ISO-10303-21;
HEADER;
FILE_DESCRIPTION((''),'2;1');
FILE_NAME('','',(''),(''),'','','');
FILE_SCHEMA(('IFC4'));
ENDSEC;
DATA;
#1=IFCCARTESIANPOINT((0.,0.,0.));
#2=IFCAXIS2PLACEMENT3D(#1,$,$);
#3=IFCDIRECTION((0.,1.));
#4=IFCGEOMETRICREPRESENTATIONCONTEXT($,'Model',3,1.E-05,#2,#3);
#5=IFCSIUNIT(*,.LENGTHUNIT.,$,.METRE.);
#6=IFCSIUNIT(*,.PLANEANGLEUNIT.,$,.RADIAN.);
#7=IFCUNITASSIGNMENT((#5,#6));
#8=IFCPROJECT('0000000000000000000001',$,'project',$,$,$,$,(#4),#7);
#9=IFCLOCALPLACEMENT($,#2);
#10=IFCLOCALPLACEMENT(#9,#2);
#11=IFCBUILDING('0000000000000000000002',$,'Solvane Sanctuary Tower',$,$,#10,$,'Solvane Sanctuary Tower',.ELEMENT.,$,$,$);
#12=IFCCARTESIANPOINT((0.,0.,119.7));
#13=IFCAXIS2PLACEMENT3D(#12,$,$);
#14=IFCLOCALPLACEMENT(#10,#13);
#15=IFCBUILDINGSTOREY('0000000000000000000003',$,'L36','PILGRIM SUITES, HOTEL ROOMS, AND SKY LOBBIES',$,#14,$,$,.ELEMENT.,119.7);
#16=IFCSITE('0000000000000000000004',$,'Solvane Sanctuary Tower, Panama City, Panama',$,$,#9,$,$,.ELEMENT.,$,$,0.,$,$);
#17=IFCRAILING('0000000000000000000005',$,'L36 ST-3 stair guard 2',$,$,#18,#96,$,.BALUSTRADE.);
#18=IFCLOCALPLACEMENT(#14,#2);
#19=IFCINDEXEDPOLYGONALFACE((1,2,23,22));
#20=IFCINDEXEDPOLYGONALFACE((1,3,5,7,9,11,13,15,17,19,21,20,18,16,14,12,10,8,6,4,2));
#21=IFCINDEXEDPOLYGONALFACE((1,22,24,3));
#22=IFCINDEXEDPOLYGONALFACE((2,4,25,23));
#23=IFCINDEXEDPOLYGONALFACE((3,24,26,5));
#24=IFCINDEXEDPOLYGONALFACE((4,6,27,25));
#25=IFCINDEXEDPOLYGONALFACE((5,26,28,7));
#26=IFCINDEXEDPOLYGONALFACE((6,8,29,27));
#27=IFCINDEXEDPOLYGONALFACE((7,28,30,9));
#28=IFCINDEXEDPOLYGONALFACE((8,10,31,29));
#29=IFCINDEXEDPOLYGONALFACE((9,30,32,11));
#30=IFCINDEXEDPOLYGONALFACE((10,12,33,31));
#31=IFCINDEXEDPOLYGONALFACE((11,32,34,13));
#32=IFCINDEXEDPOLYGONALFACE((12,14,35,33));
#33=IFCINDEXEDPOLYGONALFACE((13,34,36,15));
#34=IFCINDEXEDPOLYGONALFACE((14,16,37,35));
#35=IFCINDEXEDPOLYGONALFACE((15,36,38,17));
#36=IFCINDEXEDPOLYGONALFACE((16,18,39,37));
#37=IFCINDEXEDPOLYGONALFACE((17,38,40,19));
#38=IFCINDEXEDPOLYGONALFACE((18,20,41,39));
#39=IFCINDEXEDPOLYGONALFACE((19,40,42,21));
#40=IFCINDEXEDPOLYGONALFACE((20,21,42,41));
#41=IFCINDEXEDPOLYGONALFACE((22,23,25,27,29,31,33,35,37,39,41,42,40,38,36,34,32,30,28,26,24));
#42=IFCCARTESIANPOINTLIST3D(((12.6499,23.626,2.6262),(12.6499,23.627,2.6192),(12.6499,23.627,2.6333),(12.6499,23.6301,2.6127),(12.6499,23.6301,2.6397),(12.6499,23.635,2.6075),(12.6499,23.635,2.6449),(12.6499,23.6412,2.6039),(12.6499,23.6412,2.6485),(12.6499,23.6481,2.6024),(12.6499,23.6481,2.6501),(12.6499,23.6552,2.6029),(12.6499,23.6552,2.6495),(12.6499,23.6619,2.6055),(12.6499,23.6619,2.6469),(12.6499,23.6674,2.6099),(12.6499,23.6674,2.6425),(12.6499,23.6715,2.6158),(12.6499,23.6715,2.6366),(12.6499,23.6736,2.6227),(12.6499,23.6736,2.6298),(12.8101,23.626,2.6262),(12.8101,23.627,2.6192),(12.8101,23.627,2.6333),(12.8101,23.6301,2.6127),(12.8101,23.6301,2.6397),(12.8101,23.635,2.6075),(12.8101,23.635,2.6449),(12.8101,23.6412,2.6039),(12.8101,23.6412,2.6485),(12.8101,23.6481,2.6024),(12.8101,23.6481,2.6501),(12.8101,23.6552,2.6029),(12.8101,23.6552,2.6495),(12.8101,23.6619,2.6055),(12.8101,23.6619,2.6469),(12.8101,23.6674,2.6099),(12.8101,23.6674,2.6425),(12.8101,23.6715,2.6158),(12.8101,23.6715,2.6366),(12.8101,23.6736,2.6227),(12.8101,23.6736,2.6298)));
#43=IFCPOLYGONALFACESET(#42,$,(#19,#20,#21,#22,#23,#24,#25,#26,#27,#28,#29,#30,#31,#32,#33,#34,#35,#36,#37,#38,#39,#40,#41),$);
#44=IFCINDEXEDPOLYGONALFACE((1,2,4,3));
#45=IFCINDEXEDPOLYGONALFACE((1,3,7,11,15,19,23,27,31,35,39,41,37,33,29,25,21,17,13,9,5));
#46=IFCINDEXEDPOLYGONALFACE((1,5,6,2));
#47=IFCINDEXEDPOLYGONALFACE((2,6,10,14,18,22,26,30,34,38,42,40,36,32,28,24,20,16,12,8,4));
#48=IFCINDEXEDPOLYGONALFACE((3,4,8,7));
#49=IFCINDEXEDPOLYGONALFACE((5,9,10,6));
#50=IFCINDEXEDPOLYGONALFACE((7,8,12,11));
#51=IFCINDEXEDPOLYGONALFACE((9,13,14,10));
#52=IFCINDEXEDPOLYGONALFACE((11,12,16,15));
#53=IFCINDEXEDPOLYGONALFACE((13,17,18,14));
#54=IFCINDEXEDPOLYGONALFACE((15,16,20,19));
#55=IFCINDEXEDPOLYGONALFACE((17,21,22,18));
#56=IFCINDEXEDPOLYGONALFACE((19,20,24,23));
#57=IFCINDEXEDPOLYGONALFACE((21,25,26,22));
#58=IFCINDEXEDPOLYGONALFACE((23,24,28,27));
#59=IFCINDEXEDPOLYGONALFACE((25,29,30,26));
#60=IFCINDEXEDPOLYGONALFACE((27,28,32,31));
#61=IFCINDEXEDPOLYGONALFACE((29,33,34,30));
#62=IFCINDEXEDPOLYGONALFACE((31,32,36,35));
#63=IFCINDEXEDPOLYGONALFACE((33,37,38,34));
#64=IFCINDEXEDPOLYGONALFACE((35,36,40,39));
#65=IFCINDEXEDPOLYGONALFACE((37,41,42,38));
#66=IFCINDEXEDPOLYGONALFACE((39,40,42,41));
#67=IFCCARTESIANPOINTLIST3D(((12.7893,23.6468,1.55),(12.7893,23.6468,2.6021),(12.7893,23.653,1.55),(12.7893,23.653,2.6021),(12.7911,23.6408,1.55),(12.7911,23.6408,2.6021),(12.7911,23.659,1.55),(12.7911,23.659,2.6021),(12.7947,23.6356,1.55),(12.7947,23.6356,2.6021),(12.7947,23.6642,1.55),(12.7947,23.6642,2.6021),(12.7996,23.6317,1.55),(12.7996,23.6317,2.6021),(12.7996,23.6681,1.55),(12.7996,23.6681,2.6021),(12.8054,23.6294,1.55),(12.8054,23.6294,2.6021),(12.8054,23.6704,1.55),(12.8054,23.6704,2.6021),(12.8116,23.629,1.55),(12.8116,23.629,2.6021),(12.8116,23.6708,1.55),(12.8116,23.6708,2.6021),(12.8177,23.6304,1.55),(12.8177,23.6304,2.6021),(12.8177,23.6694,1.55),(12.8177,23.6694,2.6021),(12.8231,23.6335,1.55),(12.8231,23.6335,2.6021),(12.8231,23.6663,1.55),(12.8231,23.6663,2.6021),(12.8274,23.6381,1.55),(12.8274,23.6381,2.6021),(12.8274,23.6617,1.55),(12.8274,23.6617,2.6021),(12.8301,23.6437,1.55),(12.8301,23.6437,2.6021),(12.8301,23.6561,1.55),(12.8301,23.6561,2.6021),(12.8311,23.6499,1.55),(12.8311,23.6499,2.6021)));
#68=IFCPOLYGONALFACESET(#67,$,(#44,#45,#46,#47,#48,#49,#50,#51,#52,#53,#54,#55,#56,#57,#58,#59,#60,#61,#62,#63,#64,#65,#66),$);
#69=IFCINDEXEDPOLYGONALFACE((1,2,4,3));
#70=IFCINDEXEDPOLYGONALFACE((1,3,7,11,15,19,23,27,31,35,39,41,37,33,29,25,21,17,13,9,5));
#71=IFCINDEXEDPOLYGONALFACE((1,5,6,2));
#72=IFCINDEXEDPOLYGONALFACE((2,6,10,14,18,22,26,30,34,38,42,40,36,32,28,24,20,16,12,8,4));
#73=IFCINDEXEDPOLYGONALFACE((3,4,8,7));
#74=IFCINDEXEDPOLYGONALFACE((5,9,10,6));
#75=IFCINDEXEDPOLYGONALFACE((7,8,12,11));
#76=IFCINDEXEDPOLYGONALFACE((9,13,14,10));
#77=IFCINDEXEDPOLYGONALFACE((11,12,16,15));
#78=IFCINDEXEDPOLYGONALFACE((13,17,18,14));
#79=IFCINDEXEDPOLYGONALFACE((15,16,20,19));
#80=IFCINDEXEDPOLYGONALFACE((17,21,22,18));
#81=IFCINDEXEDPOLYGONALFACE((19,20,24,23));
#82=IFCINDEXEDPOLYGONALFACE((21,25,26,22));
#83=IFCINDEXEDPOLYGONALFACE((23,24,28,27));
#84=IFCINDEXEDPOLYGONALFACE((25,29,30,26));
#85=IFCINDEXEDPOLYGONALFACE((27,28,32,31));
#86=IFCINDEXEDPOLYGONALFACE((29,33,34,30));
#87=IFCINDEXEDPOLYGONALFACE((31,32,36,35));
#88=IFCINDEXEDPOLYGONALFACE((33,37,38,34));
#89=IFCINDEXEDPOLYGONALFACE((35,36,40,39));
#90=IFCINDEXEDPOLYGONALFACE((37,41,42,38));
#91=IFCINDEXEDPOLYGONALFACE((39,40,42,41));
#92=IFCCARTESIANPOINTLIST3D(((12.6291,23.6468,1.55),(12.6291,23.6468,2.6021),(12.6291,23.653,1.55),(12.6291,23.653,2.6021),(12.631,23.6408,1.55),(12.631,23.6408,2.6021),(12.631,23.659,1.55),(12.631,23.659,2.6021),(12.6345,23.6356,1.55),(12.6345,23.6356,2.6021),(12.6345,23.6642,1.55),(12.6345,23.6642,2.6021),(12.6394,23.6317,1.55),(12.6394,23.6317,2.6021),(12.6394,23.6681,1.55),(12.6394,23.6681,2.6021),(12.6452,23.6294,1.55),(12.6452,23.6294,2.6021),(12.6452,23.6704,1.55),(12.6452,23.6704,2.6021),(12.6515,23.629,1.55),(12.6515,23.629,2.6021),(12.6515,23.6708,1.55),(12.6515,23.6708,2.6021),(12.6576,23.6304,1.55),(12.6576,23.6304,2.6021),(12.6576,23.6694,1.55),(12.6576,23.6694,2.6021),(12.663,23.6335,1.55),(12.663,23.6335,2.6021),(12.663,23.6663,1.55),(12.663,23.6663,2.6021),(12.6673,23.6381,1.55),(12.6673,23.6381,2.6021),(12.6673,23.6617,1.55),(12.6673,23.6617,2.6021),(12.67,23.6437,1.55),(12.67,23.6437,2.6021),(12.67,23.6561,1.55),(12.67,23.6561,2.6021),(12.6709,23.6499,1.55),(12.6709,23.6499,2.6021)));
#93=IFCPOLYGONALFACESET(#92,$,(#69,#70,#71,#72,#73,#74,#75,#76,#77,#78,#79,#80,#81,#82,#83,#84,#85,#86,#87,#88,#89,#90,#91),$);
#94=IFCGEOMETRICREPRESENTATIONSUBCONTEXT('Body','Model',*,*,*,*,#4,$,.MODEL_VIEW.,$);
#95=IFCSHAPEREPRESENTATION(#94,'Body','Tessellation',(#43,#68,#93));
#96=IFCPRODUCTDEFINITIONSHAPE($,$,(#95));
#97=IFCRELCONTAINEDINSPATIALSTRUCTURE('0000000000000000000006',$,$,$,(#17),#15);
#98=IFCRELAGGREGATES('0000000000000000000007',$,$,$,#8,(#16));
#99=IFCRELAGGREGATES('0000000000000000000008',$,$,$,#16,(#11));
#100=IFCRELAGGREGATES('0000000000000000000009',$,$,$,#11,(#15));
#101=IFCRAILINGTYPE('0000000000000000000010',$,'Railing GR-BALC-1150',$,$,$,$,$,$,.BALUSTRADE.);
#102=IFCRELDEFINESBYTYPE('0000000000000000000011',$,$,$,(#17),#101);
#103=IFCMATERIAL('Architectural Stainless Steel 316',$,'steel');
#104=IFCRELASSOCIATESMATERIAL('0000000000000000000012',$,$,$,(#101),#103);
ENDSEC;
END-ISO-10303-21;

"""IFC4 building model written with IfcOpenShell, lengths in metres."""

from ifc_helpers import new_model, si_unit, direction, frame, origin, origin_2d, place, context, subcontext, project, spatial, circle, extrude, material, type_object, element, save


model = new_model("IFC4")

# Units and contexts
model_context = context("Model", 3, precision=1e-05, world=origin(), true_north=direction((0.0, 1.0)))
body_context = subcontext(model_context, "Body", "Model", "MODEL_VIEW")
ifc_project = project(units=[si_unit("LENGTHUNIT", "METRE"), si_unit("PLANEANGLEUNIT", "RADIAN")], contexts=[model_context])

# Site, building, storey
site_placement = place(None, origin())
site = spatial("IfcSite", under=ifc_project, at=site_placement, Name="Solvane Sanctuary Tower, Panama City, Panama", CompositionType="ELEMENT", RefElevation=0.0)
building_placement = place(site_placement, origin())
building = spatial("IfcBuilding", under=site, at=building_placement, Name="Solvane Sanctuary Tower", LongName="Solvane Sanctuary Tower", CompositionType="ELEMENT")
storey_placement = place(building_placement, frame((0.0, 0.0, 119.7)))
storey = spatial("IfcBuildingStorey", under=building, at=storey_placement, Name="L36", Description="PILGRIM SUITES, HOTEL ROOMS, AND SKY LOBBIES", CompositionType="ELEMENT", Elevation=119.7)

# Shared definitions
ifc_material_1 = material(Name="Architectural Stainless Steel 316", Category="steel")

# Railing
railing_type_1 = type_object("IfcRailingType", Name="Railing GR-BALC-1150", PredefinedType="BALUSTRADE", material=ifc_material_1)
railing_1_placement = place(storey_placement, frame((12.8101, 23.6499, 1.55)))
element("IfcRailing", 1, at=railing_1_placement, inside=storey, type_object=railing_type_1, Name="L36 ST-3 stair guard 2", PredefinedType="BALUSTRADE", context=body_context, shape_type="SweptSolid", body=[
    extrude(circle(Radius=0.0239, at=origin_2d()), frame((0.0, 0.0, 1.0762), z_axis=(-1.0, 0.0, 0.0), x_axis=(0.0, -1.0, 0.0)), (0.0, 0.0, 1.0), 0.1602),
    extrude(circle(Radius=0.021, at=origin_2d()), origin(), (0.0, 0.0, 1.0), 1.052),
    extrude(circle(Radius=0.021, at=origin_2d()), frame((-0.1602, 0.0, 0.0)), (0.0, 0.0, 1.0), 1.052),
])

save(model, "model.ifc")
